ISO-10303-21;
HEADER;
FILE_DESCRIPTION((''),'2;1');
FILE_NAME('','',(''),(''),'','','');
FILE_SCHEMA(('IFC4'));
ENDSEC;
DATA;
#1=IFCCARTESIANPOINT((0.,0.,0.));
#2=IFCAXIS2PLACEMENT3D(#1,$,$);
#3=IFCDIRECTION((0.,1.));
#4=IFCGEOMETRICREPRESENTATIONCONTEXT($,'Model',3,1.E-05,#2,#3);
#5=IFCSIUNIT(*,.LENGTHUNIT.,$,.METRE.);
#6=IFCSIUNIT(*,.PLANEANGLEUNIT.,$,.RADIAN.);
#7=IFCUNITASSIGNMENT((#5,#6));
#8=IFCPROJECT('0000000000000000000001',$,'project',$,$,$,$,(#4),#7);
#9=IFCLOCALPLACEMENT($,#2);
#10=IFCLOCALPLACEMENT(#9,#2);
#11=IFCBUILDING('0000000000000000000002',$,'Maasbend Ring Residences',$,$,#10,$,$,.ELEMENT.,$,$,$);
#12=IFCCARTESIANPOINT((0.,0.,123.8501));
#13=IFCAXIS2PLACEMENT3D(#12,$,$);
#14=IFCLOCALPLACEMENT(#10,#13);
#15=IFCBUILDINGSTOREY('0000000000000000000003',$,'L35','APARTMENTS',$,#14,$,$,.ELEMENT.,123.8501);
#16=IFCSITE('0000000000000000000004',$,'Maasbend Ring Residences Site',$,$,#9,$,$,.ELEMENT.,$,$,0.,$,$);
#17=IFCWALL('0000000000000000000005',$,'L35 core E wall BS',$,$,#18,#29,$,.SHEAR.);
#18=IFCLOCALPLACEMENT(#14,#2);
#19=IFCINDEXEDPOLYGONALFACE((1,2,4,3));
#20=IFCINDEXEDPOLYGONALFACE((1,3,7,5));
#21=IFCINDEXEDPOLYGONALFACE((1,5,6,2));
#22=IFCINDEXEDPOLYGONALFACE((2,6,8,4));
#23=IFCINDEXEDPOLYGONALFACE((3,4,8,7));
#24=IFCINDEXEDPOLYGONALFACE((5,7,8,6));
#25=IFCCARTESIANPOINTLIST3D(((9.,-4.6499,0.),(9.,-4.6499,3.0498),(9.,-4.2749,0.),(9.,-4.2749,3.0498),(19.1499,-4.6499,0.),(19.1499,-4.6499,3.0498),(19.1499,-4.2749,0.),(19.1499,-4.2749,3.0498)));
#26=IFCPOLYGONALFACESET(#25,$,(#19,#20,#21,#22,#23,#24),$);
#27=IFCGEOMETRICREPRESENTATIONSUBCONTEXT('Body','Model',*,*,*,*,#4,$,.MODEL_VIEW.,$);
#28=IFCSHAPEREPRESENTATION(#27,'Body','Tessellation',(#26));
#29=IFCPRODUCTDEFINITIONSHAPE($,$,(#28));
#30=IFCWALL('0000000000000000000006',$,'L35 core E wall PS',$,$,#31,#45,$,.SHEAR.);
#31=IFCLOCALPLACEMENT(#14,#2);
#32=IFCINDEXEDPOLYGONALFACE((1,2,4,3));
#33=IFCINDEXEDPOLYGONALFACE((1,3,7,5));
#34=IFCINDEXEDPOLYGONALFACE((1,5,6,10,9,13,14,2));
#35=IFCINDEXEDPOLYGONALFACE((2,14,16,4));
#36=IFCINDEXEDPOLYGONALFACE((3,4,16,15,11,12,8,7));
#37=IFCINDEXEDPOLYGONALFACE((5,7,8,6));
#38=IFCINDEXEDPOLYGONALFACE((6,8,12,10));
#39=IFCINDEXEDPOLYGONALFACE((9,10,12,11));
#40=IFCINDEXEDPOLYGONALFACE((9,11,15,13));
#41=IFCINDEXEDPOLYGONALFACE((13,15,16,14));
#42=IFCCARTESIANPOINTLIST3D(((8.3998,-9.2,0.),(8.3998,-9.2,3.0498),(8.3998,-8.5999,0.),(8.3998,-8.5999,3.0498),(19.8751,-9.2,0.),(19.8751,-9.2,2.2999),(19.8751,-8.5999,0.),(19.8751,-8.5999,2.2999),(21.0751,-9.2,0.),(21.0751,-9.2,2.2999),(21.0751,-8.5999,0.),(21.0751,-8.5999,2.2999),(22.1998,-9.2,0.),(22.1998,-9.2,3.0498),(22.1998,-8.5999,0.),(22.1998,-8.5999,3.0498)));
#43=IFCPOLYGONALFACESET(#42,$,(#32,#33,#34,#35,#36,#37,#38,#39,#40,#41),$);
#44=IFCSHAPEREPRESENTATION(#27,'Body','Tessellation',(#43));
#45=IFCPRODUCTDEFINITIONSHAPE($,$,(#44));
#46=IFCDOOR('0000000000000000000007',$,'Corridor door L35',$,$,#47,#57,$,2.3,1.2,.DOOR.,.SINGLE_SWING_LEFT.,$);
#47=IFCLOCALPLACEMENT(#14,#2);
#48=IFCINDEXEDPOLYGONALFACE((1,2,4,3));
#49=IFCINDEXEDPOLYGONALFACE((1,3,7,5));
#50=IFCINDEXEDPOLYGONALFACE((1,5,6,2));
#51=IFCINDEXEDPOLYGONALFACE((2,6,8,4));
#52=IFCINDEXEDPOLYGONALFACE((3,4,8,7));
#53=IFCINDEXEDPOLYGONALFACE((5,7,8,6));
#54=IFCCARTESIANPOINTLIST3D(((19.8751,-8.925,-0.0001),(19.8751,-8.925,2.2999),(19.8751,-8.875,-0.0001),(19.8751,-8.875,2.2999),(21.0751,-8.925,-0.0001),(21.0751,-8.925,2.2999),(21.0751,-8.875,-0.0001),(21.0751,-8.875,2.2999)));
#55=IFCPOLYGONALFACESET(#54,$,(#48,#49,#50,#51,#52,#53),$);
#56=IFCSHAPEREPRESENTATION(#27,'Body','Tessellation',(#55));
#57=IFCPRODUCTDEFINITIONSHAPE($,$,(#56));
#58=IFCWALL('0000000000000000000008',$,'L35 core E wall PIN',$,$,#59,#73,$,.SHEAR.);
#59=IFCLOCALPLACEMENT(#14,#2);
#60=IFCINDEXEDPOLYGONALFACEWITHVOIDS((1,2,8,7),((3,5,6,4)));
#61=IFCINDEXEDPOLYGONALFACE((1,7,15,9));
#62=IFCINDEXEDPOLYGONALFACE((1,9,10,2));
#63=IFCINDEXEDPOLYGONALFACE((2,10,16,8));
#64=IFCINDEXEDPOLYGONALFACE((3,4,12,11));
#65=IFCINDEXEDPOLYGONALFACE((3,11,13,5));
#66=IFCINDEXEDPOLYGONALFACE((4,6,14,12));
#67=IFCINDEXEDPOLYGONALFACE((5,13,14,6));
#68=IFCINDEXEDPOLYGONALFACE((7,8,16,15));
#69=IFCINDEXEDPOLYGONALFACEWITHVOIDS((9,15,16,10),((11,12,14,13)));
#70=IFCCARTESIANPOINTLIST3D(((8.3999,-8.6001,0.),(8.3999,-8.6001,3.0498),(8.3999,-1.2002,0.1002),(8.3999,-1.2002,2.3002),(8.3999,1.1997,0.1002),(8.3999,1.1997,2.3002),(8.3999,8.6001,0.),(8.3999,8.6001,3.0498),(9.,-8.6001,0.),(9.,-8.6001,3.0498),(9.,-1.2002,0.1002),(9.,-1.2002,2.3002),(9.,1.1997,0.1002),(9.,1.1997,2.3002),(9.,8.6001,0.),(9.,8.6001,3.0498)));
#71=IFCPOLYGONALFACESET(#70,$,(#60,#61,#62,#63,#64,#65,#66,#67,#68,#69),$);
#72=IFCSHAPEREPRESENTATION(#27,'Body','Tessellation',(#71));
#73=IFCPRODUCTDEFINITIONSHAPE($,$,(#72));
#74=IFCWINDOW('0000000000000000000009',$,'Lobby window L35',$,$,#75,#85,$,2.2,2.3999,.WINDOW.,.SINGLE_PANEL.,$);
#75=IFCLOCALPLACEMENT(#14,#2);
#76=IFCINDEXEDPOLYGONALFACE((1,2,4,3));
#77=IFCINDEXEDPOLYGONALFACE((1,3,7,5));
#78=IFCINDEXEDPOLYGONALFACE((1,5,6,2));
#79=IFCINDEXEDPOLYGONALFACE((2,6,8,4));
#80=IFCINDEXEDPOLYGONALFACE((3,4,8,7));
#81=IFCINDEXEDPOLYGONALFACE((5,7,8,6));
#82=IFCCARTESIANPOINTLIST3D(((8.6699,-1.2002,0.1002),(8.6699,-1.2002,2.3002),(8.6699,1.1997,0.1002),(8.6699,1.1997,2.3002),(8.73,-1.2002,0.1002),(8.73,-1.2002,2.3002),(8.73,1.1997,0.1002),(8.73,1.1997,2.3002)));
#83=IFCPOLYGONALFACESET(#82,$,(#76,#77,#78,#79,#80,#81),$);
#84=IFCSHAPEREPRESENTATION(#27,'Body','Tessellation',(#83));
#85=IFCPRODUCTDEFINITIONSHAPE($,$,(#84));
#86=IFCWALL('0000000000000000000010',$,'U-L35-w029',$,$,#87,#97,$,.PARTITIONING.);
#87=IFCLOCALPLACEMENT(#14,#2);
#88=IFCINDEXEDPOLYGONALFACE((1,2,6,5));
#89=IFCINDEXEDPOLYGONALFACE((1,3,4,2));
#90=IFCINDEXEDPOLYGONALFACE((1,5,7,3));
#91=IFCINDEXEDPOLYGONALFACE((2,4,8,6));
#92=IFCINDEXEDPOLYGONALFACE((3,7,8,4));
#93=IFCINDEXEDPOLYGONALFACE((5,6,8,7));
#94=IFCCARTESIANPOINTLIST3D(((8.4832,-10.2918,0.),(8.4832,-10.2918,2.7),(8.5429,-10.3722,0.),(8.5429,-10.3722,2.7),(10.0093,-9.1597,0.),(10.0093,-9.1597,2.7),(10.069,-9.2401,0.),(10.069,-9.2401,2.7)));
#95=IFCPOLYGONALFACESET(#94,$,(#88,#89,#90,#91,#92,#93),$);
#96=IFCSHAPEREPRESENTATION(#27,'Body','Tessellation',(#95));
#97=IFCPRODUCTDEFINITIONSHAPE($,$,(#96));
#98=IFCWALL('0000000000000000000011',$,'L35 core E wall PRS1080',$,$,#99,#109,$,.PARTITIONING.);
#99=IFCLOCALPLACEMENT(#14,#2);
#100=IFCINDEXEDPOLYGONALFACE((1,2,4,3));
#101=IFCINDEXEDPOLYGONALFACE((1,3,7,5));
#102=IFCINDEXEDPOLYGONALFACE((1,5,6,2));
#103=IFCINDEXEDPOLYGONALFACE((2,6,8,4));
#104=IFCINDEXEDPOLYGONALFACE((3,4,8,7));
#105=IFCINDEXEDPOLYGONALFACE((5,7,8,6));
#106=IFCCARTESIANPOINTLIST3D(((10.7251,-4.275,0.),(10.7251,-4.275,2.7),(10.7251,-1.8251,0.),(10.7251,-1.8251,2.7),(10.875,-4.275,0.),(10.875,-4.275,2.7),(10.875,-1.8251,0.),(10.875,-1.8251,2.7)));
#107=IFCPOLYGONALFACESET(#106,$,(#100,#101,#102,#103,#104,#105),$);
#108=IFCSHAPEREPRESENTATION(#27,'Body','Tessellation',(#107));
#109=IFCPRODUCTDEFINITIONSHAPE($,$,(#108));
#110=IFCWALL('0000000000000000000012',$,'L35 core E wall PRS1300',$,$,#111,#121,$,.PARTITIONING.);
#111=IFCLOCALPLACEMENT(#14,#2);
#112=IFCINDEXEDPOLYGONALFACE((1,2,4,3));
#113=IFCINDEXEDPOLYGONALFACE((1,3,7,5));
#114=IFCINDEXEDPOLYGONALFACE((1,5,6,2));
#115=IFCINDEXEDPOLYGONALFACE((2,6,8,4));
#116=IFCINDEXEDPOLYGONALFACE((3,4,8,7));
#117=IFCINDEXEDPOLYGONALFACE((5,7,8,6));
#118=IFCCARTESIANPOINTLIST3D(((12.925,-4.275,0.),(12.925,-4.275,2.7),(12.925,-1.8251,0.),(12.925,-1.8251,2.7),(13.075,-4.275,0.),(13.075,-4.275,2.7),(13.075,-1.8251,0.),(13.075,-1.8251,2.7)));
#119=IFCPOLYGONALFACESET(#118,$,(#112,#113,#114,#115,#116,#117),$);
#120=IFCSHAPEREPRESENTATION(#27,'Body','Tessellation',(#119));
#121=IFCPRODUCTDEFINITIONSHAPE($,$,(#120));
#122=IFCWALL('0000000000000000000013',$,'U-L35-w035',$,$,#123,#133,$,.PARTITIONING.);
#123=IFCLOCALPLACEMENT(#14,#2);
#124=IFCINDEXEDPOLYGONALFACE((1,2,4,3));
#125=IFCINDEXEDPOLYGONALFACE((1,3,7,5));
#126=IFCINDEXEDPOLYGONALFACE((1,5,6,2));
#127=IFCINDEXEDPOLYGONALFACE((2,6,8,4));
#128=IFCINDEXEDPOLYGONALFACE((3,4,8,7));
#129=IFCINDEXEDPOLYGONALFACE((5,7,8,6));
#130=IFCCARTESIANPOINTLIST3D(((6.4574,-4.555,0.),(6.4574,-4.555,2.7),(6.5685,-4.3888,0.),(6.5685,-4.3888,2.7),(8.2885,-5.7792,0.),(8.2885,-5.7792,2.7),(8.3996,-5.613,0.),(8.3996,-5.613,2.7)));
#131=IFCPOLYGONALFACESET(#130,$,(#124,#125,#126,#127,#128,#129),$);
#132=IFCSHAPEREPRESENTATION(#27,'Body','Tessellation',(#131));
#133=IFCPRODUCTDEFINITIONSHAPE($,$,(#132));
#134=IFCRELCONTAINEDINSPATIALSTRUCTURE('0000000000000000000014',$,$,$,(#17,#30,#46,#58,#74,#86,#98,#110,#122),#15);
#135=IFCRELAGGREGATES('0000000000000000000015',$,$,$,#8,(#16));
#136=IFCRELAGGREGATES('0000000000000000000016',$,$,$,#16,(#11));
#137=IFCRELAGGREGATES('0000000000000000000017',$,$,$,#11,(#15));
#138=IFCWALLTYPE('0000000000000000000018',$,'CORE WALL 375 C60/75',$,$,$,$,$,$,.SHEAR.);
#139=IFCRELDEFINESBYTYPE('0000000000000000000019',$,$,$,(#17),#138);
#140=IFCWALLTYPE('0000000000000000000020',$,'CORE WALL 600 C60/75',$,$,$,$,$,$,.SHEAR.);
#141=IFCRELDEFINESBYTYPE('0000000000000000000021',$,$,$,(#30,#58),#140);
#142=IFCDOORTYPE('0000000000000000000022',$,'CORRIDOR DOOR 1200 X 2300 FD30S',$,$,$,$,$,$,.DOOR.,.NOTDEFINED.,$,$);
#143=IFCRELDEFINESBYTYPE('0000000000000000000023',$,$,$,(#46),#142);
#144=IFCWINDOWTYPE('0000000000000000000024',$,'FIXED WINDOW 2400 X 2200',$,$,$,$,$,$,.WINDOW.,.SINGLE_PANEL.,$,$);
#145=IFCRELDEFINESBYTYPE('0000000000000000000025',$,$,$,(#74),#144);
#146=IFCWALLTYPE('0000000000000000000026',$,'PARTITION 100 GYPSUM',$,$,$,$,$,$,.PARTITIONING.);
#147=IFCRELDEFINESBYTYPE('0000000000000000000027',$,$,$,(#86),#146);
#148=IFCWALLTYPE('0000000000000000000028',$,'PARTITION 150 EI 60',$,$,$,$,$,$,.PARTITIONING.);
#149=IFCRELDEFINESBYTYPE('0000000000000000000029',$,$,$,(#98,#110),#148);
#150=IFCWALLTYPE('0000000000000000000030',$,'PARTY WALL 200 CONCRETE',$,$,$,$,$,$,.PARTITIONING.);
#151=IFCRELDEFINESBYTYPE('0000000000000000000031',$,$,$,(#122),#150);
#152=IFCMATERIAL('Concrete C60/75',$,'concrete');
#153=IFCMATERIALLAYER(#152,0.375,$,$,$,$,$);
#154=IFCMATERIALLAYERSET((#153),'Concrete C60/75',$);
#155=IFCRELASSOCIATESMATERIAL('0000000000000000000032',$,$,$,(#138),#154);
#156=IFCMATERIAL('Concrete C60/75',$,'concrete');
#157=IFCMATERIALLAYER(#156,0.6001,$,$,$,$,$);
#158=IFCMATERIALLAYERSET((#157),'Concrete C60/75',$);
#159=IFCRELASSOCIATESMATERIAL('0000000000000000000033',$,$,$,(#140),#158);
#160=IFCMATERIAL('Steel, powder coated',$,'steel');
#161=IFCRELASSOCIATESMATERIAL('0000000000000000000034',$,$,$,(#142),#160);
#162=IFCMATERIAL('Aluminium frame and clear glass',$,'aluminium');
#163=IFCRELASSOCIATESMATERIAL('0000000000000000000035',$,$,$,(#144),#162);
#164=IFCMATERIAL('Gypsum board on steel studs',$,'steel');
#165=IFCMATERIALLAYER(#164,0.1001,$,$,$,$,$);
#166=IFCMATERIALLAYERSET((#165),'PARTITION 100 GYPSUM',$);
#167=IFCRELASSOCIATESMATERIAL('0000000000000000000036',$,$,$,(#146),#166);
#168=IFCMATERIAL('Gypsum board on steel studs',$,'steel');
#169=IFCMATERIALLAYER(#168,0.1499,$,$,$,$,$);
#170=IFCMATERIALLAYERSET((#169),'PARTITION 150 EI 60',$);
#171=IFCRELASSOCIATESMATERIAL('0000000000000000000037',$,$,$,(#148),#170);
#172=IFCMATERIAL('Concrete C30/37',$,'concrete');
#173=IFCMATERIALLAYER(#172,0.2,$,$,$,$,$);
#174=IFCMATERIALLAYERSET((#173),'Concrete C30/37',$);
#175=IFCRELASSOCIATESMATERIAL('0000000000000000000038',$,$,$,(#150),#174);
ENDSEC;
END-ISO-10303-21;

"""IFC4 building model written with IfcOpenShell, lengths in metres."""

from ifc_helpers import new_model, si_unit, direction, frame, frame_2d, origin, place, context, subcontext, project, spatial, rectangle, extrude, material, layer, layer_set, type_object, element, fill, save


model = new_model("IFC4")

# Units and contexts
model_context = context("Model", 3, precision=1e-05, world=origin(), true_north=direction((0.0, 1.0)))
body_context = subcontext(model_context, "Body", "Model", "MODEL_VIEW")
ifc_project = project(units=[si_unit("LENGTHUNIT", "METRE"), si_unit("PLANEANGLEUNIT", "RADIAN")], contexts=[model_context])

# Site, building, storey
site_placement = place(None, origin())
site = spatial("IfcSite", under=ifc_project, at=site_placement, Name="Maasbend Ring Residences Site", CompositionType="ELEMENT", RefElevation=0.0)
building_placement = place(site_placement, origin())
building = spatial("IfcBuilding", under=site, at=building_placement, Name="Maasbend Ring Residences", CompositionType="ELEMENT")
storey_placement = place(building_placement, frame((0.0, 0.0, 123.8501)))
storey = spatial("IfcBuildingStorey", under=building, at=storey_placement, Name="L35", Description="APARTMENTS", CompositionType="ELEMENT", Elevation=123.8501)

# Wall
ifc_material_1 = material(Name="Concrete C60/75", Category="concrete")
ifc_layer_1 = layer(ifc_material_1, 0.375)
ifc_layer_set_1 = layer_set([ifc_layer_1], Name="Concrete C60/75")
wall_type_1 = type_object("IfcWallType", Name="CORE WALL 375 C60/75", PredefinedType="SHEAR", material=ifc_layer_set_1)
wall_1_placement = place(storey_placement, frame((9.0, -4.4624, 0.0), z_axis=(0.0, 0.0, 1.0), x_axis=(1.0, 0.0, 0.0)))
element("IfcWall", 1, at=wall_1_placement, inside=storey, type_object=wall_type_1, Name="L35 core E wall BS", PredefinedType="SHEAR", context=body_context, shape_type="SweptSolid", body=[
    extrude(rectangle(XDim=10.1499, YDim=0.375, at=frame_2d((5.075, 0.0))), origin(), (0.0, 0.0, 1.0), 3.0498),
])

# Wall, opening, door
ifc_material_2 = material(Name="Concrete C60/75", Category="concrete")
ifc_layer_2 = layer(ifc_material_2, 0.6001)
ifc_layer_set_2 = layer_set([ifc_layer_2], Name="Concrete C60/75")
wall_type_2 = type_object("IfcWallType", Name="CORE WALL 600 C60/75", PredefinedType="SHEAR", material=ifc_layer_set_2)
wall_2_placement = place(storey_placement, frame((8.3999, -8.8999, 0.0), z_axis=(0.0, 0.0, 1.0), x_axis=(1.0, 0.0, 0.0)))
wall_2 = element("IfcWall", 2, at=wall_2_placement, inside=storey, type_object=wall_type_2, Name="L35 core E wall PS", PredefinedType="SHEAR", context=body_context, shape_type="SweptSolid", body=[
    extrude(rectangle(XDim=13.8, YDim=0.6001, at=frame_2d((6.8999, 0.0))), origin(), (0.0, 0.0, 1.0), 3.0498),
])
opening_1_placement = place(wall_2_placement, frame((11.4751, 0.0, 0.0)))
opening_1 = element("IfcOpeningElement", 3, at=opening_1_placement, cuts=wall_2, PredefinedType="OPENING", context=body_context, shape_type="SweptSolid", body=[
    extrude(rectangle(XDim=1.2, YDim=2.3, at=frame_2d((0.6001, 1.1499))), frame((0.0, 0.3101, 0.0), z_axis=(0.0, -1.0, 0.0), x_axis=(1.0, 0.0, 0.0)), (0.0, 0.0, 1.0), 0.6201),
])
ifc_material_3 = material(Name="Steel, powder coated", Category="steel")
door_type = type_object("IfcDoorType", Name="CORRIDOR DOOR 1200 X 2300 FD30S", OperationType="NOTDEFINED", PredefinedType="DOOR", material=ifc_material_3)
door_placement = place(opening_1_placement, origin())
door = element("IfcDoor", 4, at=door_placement, inside=storey, type_object=door_type, Name="Corridor door L35", OperationType="SINGLE_SWING_LEFT", OverallHeight=2.3, OverallWidth=1.2, PredefinedType="DOOR", context=body_context, shape_type="SweptSolid", body=[
    extrude(rectangle(XDim=1.2, YDim=2.3, at=frame_2d((0.6001, 1.1499))), frame((0.0, 0.0249, 0.0), z_axis=(0.0, -1.0, 0.0), x_axis=(1.0, 0.0, 0.0)), (0.0, 0.0, 1.0), 0.05),
])
fill(opening_1, door)

# Wall, opening, window
wall_3_placement = place(storey_placement, frame((8.7, -8.6001, 0.0), z_axis=(0.0, 0.0, 1.0), x_axis=(0.0, 1.0, 0.0)))
wall_3 = element("IfcWall", 5, at=wall_3_placement, inside=storey, type_object=wall_type_2, Name="L35 core E wall PIN", PredefinedType="SHEAR", context=body_context, shape_type="SweptSolid", body=[
    extrude(rectangle(XDim=17.2002, YDim=0.6001, at=frame_2d((8.6001, 0.0))), origin(), (0.0, 0.0, 1.0), 3.0498),
])
opening_2_placement = place(wall_3_placement, frame((7.3999, 0.0, 0.1001)))
opening_2 = element("IfcOpeningElement", 6, at=opening_2_placement, cuts=wall_3, PredefinedType="OPENING", context=body_context, shape_type="SweptSolid", body=[
    extrude(rectangle(XDim=2.3999, YDim=2.2, at=frame_2d((1.2, 1.1001))), frame((0.0, 0.3101, 0.0), z_axis=(0.0, -1.0, 0.0), x_axis=(1.0, 0.0, 0.0)), (0.0, 0.0, 1.0), 0.6201),
])
ifc_material_4 = material(Name="Aluminium frame and clear glass", Category="aluminium")
window_type = type_object("IfcWindowType", Name="FIXED WINDOW 2400 X 2200", PartitioningType="SINGLE_PANEL", PredefinedType="WINDOW", material=ifc_material_4)
window_placement = place(opening_2_placement, origin())
window = element("IfcWindow", 7, at=window_placement, inside=storey, type_object=window_type, Name="Lobby window L35", OverallHeight=2.2, OverallWidth=2.3999, PartitioningType="SINGLE_PANEL", PredefinedType="WINDOW", context=body_context, shape_type="SweptSolid", body=[
    extrude(rectangle(XDim=2.3999, YDim=2.2, at=frame_2d((1.2, 1.1001))), frame((0.0, 0.03, 0.0), z_axis=(0.0, -1.0, 0.0), x_axis=(1.0, 0.0, 0.0)), (0.0, 0.0, 1.0), 0.0601),
])
fill(opening_2, window)

# Walls
ifc_material_5 = material(Name="Gypsum board on steel studs", Category="steel")
ifc_layer_3 = layer(ifc_material_5, 0.1001)
ifc_layer_set_3 = layer_set([ifc_layer_3], Name="PARTITION 100 GYPSUM")
wall_type_3 = type_object("IfcWallType", Name="PARTITION 100 GYPSUM", PredefinedType="PARTITIONING", material=ifc_layer_set_3)
wall_4_placement = place(storey_placement, frame((8.5129, -10.332, 0.0), z_axis=(0.0, 0.0, 1.0), x_axis=(0.80315, 0.595777, 0.0)))
element("IfcWall", 8, at=wall_4_placement, inside=storey, type_object=wall_type_3, Name="U-L35-w029", PredefinedType="PARTITIONING", context=body_context, shape_type="SweptSolid", body=[
    extrude(rectangle(XDim=1.9001, YDim=0.1001, at=frame_2d((0.9502, 0.0))), origin(), (0.0, 0.0, 1.0), 2.7),
])
ifc_material_6 = material(Name="Gypsum board on steel studs", Category="steel")
ifc_layer_4 = layer(ifc_material_6, 0.1499)
ifc_layer_set_4 = layer_set([ifc_layer_4], Name="PARTITION 150 EI 60")
wall_type_4 = type_object("IfcWallType", Name="PARTITION 150 EI 60", PredefinedType="PARTITIONING", material=ifc_layer_set_4)
for number, where, z_axis, x_axis, name in (
    (9, (10.8, -1.825, 0.0), (0.0, 0.0, 1.0), (0.0, -1.0, 0.0), "L35 core E wall PRS1080"),
    (10, (13.0, -1.825, 0.0), (0.0, 0.0, 1.0), (0.0, -1.0, 0.0), "L35 core E wall PRS1300"),
):
    element("IfcWall", number, at=place(storey_placement, frame(where, z_axis=z_axis, x_axis=x_axis)), inside=storey, type_object=wall_type_4, Name=name, PredefinedType="PARTITIONING", context=body_context, shape_type="SweptSolid", body=[
        extrude(rectangle(XDim=2.45, YDim=0.1499, at=frame_2d((1.2251, 0.0))), origin(), (0.0, 0.0, 1.0), 2.7),
    ])
ifc_material_7 = material(Name="Concrete C30/37", Category="concrete")
ifc_layer_5 = layer(ifc_material_7, 0.2)
ifc_layer_set_5 = layer_set([ifc_layer_5], Name="Concrete C30/37")
wall_type_5 = type_object("IfcWallType", Name="PARTY WALL 200 CONCRETE", PredefinedType="PARTITIONING", material=ifc_layer_set_5)
wall_5_placement = place(storey_placement, frame((6.5129, -4.4719, 0.0), z_axis=(0.0, 0.0, 1.0), x_axis=(0.831333, -0.555774, 0.0)))
element("IfcWall", 11, at=wall_5_placement, inside=storey, type_object=wall_type_5, Name="U-L35-w035", PredefinedType="PARTITIONING", context=body_context, shape_type="SweptSolid", body=[
    extrude(rectangle(XDim=2.2026, YDim=0.2, at=frame_2d((1.1013, 0.0))), origin(), (0.0, 0.0, 1.0), 2.7),
])

save(model, "model.ifc")
